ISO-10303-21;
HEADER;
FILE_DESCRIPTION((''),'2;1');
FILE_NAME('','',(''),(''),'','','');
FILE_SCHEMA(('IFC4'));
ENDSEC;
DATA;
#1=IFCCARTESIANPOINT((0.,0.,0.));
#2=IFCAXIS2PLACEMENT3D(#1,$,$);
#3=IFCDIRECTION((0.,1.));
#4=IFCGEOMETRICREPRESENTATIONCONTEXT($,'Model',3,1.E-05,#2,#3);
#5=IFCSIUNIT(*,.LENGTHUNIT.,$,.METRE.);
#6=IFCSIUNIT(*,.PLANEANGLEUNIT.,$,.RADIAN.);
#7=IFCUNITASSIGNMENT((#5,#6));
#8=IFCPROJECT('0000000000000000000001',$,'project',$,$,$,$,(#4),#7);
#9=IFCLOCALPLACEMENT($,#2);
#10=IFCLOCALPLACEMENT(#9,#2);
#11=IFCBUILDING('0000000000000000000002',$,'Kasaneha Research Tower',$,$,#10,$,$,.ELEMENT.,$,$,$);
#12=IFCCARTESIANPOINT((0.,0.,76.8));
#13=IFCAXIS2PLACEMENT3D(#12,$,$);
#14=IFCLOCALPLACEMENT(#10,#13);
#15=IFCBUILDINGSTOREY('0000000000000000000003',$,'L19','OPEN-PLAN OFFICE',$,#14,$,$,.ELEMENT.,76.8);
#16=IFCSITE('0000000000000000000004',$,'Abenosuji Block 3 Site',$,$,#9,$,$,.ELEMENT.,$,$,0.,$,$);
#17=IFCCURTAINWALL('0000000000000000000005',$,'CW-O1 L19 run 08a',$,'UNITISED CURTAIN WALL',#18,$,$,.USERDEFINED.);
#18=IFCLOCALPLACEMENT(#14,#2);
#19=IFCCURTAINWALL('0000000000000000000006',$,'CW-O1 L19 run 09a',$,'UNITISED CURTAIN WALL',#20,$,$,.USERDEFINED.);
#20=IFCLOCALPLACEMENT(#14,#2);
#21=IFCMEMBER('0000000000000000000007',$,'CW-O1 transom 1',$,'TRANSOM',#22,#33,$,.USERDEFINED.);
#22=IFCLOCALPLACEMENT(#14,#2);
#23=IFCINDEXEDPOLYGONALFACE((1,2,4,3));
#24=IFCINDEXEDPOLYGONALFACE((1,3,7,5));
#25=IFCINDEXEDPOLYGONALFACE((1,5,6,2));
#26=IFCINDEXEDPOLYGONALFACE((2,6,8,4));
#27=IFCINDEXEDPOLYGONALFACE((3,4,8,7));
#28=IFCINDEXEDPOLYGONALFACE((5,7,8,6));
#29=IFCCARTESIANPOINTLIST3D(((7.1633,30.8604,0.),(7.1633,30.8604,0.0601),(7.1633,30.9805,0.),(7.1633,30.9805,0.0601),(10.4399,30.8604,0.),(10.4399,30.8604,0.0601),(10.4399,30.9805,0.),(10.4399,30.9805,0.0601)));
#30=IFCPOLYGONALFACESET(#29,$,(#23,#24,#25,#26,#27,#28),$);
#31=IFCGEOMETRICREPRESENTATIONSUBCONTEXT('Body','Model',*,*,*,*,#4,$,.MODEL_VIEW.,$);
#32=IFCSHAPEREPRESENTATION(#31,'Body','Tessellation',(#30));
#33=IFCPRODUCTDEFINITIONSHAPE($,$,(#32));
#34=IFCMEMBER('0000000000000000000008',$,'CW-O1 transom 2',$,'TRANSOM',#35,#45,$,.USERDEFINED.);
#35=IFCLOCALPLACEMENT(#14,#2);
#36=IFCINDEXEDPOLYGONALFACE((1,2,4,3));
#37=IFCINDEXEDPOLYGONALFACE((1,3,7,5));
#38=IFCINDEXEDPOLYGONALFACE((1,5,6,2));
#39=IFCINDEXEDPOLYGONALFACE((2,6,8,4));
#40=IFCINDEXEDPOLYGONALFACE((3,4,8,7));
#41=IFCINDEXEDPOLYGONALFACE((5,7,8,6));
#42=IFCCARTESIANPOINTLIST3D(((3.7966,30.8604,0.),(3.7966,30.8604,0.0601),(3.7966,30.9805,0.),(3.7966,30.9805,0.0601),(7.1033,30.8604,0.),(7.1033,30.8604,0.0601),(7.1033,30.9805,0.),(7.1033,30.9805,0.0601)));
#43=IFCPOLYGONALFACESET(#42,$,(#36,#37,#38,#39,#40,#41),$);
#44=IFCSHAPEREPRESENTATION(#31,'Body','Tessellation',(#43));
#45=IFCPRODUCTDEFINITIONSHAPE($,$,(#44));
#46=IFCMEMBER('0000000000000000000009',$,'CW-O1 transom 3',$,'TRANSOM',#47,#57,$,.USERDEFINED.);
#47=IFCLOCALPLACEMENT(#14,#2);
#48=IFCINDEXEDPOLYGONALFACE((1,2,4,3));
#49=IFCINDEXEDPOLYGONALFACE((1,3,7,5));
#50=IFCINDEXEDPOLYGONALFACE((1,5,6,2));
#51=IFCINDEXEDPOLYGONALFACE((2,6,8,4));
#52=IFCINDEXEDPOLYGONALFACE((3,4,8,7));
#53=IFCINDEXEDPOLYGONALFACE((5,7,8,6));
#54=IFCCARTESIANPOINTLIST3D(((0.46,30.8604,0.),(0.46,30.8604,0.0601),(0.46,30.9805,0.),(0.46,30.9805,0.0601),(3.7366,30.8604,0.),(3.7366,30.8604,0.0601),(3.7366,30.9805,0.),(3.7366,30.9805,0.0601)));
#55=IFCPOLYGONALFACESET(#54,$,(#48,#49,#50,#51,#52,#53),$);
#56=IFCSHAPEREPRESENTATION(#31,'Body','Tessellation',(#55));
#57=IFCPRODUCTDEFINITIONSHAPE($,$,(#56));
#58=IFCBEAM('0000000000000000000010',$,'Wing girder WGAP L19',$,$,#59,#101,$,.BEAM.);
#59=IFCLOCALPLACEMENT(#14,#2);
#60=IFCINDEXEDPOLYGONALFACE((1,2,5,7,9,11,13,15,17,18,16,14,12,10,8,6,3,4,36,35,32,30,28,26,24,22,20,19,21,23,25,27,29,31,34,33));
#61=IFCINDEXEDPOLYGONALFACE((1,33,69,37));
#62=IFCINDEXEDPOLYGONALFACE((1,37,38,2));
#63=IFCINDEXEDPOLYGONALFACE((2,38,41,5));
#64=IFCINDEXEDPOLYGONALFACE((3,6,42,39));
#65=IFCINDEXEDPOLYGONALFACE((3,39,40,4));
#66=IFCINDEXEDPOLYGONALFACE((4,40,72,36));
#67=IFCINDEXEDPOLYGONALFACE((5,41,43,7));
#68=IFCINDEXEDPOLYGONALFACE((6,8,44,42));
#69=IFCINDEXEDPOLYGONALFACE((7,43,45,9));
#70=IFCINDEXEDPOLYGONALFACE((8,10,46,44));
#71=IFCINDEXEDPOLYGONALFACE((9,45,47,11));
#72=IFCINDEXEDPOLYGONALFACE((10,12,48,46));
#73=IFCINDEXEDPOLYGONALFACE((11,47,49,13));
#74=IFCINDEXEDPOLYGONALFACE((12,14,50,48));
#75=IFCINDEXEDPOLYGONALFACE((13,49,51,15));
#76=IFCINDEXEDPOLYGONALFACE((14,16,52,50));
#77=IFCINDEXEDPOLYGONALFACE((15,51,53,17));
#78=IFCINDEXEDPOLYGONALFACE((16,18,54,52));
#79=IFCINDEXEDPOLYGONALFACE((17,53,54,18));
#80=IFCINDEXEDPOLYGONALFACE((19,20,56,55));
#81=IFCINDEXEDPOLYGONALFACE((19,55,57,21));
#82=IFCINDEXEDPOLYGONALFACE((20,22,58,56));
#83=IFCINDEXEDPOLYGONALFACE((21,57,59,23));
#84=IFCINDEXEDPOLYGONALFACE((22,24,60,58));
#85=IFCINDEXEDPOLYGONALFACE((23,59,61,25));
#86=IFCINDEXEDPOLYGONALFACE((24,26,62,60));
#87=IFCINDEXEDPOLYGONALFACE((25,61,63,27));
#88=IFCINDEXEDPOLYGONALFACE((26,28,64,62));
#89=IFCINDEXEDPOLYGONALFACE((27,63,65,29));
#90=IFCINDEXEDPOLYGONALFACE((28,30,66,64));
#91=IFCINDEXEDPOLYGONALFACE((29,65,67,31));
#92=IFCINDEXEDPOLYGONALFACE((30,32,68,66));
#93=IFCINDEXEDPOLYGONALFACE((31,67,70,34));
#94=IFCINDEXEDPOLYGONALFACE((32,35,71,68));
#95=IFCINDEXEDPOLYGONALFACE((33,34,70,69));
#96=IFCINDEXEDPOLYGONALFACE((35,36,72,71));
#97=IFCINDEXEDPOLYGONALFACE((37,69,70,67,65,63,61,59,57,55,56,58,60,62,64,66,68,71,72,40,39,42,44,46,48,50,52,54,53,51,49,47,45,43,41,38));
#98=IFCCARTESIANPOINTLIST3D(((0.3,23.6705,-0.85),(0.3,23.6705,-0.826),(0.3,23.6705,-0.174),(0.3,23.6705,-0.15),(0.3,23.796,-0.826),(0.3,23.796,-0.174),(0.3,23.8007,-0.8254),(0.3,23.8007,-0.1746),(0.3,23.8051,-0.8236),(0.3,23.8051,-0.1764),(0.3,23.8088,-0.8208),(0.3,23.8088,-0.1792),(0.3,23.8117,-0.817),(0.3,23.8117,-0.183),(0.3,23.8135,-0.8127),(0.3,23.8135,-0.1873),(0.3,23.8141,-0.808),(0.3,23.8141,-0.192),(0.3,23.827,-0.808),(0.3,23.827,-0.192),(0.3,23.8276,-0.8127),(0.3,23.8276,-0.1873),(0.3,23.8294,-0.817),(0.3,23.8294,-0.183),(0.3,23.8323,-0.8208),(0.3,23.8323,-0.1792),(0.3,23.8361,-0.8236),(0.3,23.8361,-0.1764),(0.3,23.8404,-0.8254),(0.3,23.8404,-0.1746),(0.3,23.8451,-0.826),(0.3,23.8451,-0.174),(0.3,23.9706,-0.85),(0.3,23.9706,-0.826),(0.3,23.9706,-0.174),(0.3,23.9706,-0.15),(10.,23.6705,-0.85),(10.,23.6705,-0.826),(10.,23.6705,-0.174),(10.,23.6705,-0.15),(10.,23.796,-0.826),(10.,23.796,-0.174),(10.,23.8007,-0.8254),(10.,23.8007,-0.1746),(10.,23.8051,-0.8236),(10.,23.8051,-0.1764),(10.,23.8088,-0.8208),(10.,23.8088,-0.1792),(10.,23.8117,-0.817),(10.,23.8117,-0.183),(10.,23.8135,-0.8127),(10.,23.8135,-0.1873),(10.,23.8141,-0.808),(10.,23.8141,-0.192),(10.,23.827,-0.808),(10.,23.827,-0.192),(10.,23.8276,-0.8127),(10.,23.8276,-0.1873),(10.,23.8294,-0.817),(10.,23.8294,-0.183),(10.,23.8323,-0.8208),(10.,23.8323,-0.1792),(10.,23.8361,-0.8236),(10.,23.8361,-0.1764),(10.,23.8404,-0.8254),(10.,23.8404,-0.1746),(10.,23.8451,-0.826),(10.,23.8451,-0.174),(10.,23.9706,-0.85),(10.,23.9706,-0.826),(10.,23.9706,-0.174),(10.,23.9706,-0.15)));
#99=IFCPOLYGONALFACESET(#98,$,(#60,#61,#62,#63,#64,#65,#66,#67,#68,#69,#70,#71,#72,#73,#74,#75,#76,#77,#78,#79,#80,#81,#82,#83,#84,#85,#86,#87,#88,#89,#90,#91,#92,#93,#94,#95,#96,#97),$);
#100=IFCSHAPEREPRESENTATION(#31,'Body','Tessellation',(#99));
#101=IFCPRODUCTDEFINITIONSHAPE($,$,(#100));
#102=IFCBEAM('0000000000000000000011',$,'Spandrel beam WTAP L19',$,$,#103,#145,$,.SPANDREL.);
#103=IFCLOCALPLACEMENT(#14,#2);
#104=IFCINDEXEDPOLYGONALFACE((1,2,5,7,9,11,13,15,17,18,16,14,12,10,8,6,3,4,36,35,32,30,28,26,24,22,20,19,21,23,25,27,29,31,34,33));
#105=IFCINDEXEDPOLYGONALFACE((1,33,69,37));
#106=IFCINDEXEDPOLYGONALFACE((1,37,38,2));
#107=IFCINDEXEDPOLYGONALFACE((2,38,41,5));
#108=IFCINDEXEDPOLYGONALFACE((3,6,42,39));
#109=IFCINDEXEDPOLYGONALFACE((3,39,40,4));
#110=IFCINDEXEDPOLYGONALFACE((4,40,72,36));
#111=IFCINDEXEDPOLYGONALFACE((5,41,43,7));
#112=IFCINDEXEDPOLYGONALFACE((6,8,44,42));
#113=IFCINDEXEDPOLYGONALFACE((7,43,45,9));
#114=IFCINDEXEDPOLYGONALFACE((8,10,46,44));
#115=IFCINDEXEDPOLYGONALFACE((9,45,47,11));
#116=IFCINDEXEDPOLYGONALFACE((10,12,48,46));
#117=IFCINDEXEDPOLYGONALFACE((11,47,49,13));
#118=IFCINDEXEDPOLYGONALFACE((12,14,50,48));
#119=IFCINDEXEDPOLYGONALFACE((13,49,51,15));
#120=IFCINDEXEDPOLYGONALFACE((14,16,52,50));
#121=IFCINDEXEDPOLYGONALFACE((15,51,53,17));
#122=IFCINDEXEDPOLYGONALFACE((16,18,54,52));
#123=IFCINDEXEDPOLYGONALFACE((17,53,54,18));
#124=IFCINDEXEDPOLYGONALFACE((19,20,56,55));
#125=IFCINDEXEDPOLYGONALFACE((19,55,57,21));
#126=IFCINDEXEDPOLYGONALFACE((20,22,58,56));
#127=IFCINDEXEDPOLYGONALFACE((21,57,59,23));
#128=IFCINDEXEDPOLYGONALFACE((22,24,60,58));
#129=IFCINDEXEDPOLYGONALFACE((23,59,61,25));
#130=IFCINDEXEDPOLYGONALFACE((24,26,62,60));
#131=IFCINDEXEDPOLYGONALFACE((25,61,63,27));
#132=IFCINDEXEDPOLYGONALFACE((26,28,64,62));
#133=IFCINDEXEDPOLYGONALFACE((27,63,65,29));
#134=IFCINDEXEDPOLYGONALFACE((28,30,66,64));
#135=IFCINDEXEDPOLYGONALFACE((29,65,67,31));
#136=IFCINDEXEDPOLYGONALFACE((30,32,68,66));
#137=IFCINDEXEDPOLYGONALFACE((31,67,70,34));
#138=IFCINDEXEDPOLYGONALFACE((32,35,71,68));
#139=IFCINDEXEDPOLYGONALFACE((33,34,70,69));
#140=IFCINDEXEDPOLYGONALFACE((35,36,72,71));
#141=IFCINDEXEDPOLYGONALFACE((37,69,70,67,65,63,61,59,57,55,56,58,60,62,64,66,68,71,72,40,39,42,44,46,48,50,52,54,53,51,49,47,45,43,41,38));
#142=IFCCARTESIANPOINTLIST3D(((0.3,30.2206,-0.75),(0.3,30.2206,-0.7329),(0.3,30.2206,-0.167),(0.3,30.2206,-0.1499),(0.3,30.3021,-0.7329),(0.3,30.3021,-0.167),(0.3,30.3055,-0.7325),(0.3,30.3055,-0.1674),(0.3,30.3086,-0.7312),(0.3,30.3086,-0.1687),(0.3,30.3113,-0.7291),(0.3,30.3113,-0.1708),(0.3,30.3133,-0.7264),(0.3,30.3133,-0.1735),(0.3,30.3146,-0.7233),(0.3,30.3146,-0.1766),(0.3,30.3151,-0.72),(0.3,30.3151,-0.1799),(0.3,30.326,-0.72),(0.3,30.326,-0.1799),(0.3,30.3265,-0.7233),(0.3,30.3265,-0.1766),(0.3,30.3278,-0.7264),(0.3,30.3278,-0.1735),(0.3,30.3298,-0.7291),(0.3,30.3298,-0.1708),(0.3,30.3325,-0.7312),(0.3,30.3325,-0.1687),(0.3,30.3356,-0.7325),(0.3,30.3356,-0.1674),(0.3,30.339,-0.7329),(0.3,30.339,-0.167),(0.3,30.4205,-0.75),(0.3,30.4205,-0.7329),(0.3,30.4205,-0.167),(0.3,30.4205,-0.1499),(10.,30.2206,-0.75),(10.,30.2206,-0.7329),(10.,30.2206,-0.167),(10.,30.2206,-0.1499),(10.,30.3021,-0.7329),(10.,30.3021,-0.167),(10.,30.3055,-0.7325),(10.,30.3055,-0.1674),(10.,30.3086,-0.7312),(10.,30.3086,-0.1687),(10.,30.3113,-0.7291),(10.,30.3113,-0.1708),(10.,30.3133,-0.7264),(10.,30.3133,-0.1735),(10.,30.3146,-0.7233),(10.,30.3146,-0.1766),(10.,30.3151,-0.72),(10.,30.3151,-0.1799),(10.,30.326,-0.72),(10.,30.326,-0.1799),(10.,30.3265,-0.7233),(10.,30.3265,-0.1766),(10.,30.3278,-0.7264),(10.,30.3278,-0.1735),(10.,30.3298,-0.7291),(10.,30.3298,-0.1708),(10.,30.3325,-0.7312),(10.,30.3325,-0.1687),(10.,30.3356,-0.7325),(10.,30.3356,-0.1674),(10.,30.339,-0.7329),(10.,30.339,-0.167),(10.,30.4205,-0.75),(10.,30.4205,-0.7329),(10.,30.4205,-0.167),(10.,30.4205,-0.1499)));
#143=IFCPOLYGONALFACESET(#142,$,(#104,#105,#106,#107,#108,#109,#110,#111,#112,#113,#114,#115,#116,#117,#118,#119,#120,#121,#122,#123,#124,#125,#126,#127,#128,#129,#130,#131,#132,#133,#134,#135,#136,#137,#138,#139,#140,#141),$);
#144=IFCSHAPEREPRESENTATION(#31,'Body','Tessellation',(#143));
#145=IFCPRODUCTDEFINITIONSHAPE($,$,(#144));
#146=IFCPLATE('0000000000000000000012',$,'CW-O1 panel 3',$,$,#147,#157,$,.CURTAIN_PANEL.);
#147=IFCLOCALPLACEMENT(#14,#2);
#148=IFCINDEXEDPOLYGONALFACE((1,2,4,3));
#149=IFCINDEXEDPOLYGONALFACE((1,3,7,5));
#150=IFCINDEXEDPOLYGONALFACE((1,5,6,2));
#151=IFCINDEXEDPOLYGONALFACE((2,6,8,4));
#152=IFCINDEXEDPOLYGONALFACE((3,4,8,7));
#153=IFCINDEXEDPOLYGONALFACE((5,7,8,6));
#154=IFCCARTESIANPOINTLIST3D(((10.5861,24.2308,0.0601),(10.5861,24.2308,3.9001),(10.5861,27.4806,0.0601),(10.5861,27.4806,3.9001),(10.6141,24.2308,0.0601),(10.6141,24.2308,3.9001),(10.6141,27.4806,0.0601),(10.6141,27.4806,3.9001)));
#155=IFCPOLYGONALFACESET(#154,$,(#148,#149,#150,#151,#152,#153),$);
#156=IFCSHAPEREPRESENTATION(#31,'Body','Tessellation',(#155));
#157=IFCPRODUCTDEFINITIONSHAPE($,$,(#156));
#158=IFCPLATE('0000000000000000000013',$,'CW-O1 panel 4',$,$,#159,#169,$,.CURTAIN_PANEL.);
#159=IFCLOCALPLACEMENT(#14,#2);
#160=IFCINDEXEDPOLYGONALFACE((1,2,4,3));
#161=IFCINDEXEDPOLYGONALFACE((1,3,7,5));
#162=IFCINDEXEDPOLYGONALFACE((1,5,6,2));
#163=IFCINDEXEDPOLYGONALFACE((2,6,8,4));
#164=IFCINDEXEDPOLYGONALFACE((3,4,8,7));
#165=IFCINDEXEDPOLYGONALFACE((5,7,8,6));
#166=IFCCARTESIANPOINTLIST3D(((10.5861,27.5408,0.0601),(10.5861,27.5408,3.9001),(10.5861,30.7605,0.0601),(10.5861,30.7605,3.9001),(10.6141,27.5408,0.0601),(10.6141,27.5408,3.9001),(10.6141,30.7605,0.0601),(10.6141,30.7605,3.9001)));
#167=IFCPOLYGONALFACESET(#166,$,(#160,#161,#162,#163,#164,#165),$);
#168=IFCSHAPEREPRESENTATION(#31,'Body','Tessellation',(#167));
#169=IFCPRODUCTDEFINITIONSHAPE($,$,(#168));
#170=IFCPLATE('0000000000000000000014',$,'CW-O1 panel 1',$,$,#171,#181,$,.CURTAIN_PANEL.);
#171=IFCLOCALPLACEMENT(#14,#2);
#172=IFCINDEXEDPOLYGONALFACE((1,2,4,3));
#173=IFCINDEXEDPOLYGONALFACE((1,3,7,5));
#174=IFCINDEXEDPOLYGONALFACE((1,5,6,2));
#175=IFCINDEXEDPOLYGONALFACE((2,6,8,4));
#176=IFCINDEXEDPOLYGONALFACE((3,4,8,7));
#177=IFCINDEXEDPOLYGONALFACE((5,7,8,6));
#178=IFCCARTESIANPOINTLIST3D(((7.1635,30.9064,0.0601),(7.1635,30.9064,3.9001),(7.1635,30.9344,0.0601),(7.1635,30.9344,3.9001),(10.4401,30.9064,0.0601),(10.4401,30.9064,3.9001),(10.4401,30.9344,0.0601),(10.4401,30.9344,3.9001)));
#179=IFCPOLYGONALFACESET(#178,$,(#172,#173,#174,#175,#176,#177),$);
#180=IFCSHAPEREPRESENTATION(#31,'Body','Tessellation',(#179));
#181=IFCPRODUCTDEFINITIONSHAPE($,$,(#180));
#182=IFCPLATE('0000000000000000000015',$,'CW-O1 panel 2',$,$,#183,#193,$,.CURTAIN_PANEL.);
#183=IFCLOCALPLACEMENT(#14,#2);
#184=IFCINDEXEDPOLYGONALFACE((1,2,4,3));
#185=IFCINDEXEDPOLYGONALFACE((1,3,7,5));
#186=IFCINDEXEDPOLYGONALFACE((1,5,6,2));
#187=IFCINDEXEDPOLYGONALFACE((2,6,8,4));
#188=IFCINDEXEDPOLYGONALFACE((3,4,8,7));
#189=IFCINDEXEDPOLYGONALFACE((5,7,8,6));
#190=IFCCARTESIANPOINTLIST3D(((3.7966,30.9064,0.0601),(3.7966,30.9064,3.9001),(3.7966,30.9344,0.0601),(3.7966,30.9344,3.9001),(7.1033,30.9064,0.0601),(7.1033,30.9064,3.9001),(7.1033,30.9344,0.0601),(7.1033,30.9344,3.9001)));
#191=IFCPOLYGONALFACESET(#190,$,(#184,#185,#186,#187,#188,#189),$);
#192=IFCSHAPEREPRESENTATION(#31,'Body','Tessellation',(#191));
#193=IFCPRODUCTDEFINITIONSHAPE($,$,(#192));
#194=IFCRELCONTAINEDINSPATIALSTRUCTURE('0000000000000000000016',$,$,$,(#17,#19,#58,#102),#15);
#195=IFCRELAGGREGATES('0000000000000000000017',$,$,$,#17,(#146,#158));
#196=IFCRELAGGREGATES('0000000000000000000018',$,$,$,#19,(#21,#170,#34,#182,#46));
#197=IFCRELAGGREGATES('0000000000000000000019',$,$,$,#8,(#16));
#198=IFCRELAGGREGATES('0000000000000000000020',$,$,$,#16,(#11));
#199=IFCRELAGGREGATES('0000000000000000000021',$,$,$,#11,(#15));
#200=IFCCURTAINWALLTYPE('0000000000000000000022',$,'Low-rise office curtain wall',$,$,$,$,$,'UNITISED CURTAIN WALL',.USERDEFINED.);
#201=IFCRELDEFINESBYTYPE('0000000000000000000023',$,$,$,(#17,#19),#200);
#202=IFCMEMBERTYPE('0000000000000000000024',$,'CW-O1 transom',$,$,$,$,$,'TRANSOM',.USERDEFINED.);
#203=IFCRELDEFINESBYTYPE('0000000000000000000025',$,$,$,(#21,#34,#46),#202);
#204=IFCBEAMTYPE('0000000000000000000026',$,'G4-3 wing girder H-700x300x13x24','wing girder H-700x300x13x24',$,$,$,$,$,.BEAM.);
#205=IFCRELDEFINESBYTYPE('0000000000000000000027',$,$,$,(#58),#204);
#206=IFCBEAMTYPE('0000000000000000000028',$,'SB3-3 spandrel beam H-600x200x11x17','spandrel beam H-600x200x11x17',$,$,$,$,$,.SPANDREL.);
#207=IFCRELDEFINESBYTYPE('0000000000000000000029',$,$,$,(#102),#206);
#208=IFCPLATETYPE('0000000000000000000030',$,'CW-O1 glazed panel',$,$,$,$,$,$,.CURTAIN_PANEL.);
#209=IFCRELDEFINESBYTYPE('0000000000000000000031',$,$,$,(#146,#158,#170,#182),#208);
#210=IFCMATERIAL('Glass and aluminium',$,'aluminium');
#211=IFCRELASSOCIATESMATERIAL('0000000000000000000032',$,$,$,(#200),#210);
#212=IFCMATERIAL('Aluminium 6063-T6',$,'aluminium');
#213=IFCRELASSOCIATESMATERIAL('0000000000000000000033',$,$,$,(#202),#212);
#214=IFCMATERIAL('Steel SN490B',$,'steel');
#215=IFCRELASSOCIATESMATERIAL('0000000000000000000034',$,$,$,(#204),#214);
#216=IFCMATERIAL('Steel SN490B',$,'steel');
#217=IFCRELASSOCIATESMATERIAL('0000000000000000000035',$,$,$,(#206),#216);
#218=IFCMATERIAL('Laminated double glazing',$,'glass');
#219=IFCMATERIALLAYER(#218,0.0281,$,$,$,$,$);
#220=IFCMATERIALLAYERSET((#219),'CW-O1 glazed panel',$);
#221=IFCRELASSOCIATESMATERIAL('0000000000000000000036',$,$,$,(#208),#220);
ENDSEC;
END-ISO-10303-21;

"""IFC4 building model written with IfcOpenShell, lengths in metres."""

from ifc_helpers import new_model, si_unit, direction, frame, origin, origin_2d, place, context, subcontext, project, spatial, rectangle, i_section, extrude, material, layer, layer_set, material_profile, profile_set, type_object, element, aggregate, save


model = new_model("IFC4")

# Units and contexts
model_context = context("Model", 3, precision=1e-05, world=origin(), true_north=direction((0.0, 1.0)))
body_context = subcontext(model_context, "Body", "Model", "MODEL_VIEW")
ifc_project = project(units=[si_unit("LENGTHUNIT", "METRE"), si_unit("PLANEANGLEUNIT", "RADIAN")], contexts=[model_context])

# Site, building, storey
site_placement = place(None, origin())
site = spatial("IfcSite", under=ifc_project, at=site_placement, Name="Abenosuji Block 3 Site", CompositionType="ELEMENT", RefElevation=0.0)
building_placement = place(site_placement, origin())
building = spatial("IfcBuilding", under=site, at=building_placement, Name="Kasaneha Research Tower", CompositionType="ELEMENT")
storey_placement = place(building_placement, frame((0.0, 0.0, 76.8)))
storey = spatial("IfcBuildingStorey", under=building, at=storey_placement, Name="L19", Description="OPEN-PLAN OFFICE", CompositionType="ELEMENT", Elevation=76.8)

# Curtain walls
ifc_material_1 = material(Name="Glass and aluminium", Category="aluminium")
curtain_wall_type = type_object("IfcCurtainWallType", Name="Low-rise office curtain wall", ElementType="UNITISED CURTAIN WALL", PredefinedType="USERDEFINED", material=ifc_material_1)
curtain_wall_1_placement = place(storey_placement, origin())
curtain_wall_1 = element("IfcCurtainWall", 1, at=curtain_wall_1_placement, inside=storey, type_object=curtain_wall_type, Name="CW-O1 L19 run 08a", ObjectType="UNITISED CURTAIN WALL", PredefinedType="USERDEFINED")
curtain_wall_2_placement = place(storey_placement, origin())
curtain_wall_2 = element("IfcCurtainWall", 2, at=curtain_wall_2_placement, inside=storey, type_object=curtain_wall_type, Name="CW-O1 L19 run 09a", ObjectType="UNITISED CURTAIN WALL", PredefinedType="USERDEFINED")

# Members
ifc_material_2 = material(Name="Aluminium 6063-T6", Category="aluminium")
ifc_material_profile_1 = material_profile(ifc_material_2, rectangle(XDim=0.1201, YDim=0.0601, at=origin_2d()), Name="CW-O1 transom 120x60")
ifc_profile_set_1 = profile_set([ifc_material_profile_1], Name="Aluminium 6063-T6")
member_type_1 = type_object("IfcMemberType", Name="CW-O1 transom", ElementType="TRANSOM", PredefinedType="USERDEFINED", material=ifc_profile_set_1)
member_1_placement = place(storey_placement, frame((10.4399, 30.9204, 0.03), z_axis=(-1.0, 0.0, 0.0), x_axis=(0.0, -1.0, 0.0)))
member_1 = element("IfcMember", 3, at=member_1_placement, type_object=member_type_1, Name="CW-O1 transom 1", ObjectType="TRANSOM", PredefinedType="USERDEFINED", context=body_context, shape_type="SweptSolid", body=[
    extrude(rectangle(XDim=0.1201, YDim=0.0601, at=origin_2d()), origin(), (0.0, 0.0, 1.0), 3.2766),
])
member_2_placement = place(storey_placement, frame((7.1033, 30.9204, 0.03), z_axis=(-1.0, 0.0, 0.0), x_axis=(0.0, -1.0, 0.0)))
member_2 = element("IfcMember", 4, at=member_2_placement, type_object=member_type_1, Name="CW-O1 transom 2", ObjectType="TRANSOM", PredefinedType="USERDEFINED", context=body_context, shape_type="SweptSolid", body=[
    extrude(rectangle(XDim=0.1201, YDim=0.0601, at=origin_2d()), origin(), (0.0, 0.0, 1.0), 3.3066),
])
member_3_placement = place(storey_placement, frame((3.7366, 30.9204, 0.03), z_axis=(-1.0, 0.0, 0.0), x_axis=(0.0, -1.0, 0.0)))
member_3 = element("IfcMember", 5, at=member_3_placement, type_object=member_type_1, Name="CW-O1 transom 3", ObjectType="TRANSOM", PredefinedType="USERDEFINED", context=body_context, shape_type="SweptSolid", body=[
    extrude(rectangle(XDim=0.1201, YDim=0.0601, at=origin_2d()), origin(), (0.0, 0.0, 1.0), 3.2766),
])

# Beams
ifc_material_3 = material(Name="Steel SN490B", Category="steel")
ifc_material_profile_2 = material_profile(ifc_material_3, i_section(OverallWidth=0.3, OverallDepth=0.7, WebThickness=0.0129, FlangeThickness=0.0239, FilletRadius=0.0181, at=origin_2d()), Name="H-700x300x13x24")
ifc_profile_set_2 = profile_set([ifc_material_profile_2], Name="Steel SN490B")
beam_type_1 = type_object("IfcBeamType", Name="G4-3 wing girder H-700x300x13x24", Description="wing girder H-700x300x13x24", PredefinedType="BEAM", material=ifc_profile_set_2)
beam_1_placement = place(storey_placement, frame((10.0, 23.8206, -0.5), z_axis=(-1.0, 0.0, 0.0), x_axis=(0.0, -1.0, 0.0)))
element("IfcBeam", 6, at=beam_1_placement, inside=storey, type_object=beam_type_1, Name="Wing girder WGAP L19", PredefinedType="BEAM", context=body_context, shape_type="SweptSolid", body=[
    extrude(i_section(OverallWidth=0.3, OverallDepth=0.7, WebThickness=0.0129, FlangeThickness=0.0239, FilletRadius=0.0181, at=origin_2d()), origin(), (0.0, 0.0, 1.0), 9.7),
])
ifc_material_4 = material(Name="Steel SN490B", Category="steel")
ifc_material_profile_3 = material_profile(ifc_material_4, i_section(OverallWidth=0.2, OverallDepth=0.6001, WebThickness=0.011, FlangeThickness=0.0171, FilletRadius=0.0129, at=origin_2d()), Name="H-600x200x11x17")
ifc_profile_set_3 = profile_set([ifc_material_profile_3], Name="Steel SN490B")
beam_type_2 = type_object("IfcBeamType", Name="SB3-3 spandrel beam H-600x200x11x17", Description="spandrel beam H-600x200x11x17", PredefinedType="SPANDREL", material=ifc_profile_set_3)
beam_2_placement = place(storey_placement, frame((10.0, 30.3206, -0.45), z_axis=(-1.0, 0.0, 0.0), x_axis=(0.0, -1.0, 0.0)))
element("IfcBeam", 7, at=beam_2_placement, inside=storey, type_object=beam_type_2, Name="Spandrel beam WTAP L19", PredefinedType="SPANDREL", context=body_context, shape_type="SweptSolid", body=[
    extrude(i_section(OverallWidth=0.2, OverallDepth=0.6001, WebThickness=0.011, FlangeThickness=0.0171, FilletRadius=0.0129, at=origin_2d()), origin(), (0.0, 0.0, 1.0), 9.7),
])

# Plates
ifc_material_5 = material(Name="Laminated double glazing", Category="glass")
ifc_layer_1 = layer(ifc_material_5, 0.0281)
ifc_layer_set_1 = layer_set([ifc_layer_1], Name="CW-O1 glazed panel")
plate_type = type_object("IfcPlateType", Name="CW-O1 glazed panel", PredefinedType="CURTAIN_PANEL", material=ifc_layer_set_1)
plate_1_placement = place(storey_placement, frame((10.6001, 25.8557, 0.0601), z_axis=(0.0, 0.0, 1.0), x_axis=(0.0, 1.0, 0.0)))
plate_1 = element("IfcPlate", 8, at=plate_1_placement, type_object=plate_type, Name="CW-O1 panel 3", PredefinedType="CURTAIN_PANEL", context=body_context, shape_type="SweptSolid", body=[
    extrude(rectangle(XDim=3.2498, YDim=0.0281, at=origin_2d()), origin(), (0.0, 0.0, 1.0), 3.8401),
])
plate_2_placement = place(storey_placement, frame((10.6001, 29.1506, 0.0601), z_axis=(0.0, 0.0, 1.0), x_axis=(0.0, 1.0, 0.0)))
plate_2 = element("IfcPlate", 9, at=plate_2_placement, type_object=plate_type, Name="CW-O1 panel 4", PredefinedType="CURTAIN_PANEL", context=body_context, shape_type="SweptSolid", body=[
    extrude(rectangle(XDim=3.2197, YDim=0.0281, at=origin_2d()), origin(), (0.0, 0.0, 1.0), 3.8401),
])
aggregate(curtain_wall_1, [plate_1, plate_2])
plate_3_placement = place(storey_placement, frame((8.8018, 30.9204, 0.0601), z_axis=(0.0, 0.0, 1.0), x_axis=(-1.0, 0.0, 0.0)))
plate_3 = element("IfcPlate", 10, at=plate_3_placement, type_object=plate_type, Name="CW-O1 panel 1", PredefinedType="CURTAIN_PANEL", context=body_context, shape_type="SweptSolid", body=[
    extrude(rectangle(XDim=3.2766, YDim=0.0281, at=origin_2d()), origin(), (0.0, 0.0, 1.0), 3.8401),
])
plate_4_placement = place(storey_placement, frame((5.45, 30.9204, 0.0601), z_axis=(0.0, 0.0, 1.0), x_axis=(-1.0, 0.0, 0.0)))
plate_4 = element("IfcPlate", 11, at=plate_4_placement, type_object=plate_type, Name="CW-O1 panel 2", PredefinedType="CURTAIN_PANEL", context=body_context, shape_type="SweptSolid", body=[
    extrude(rectangle(XDim=3.3066, YDim=0.0281, at=origin_2d()), origin(), (0.0, 0.0, 1.0), 3.8401),
])
aggregate(curtain_wall_2, [member_1, plate_3, member_2, plate_4, member_3])

save(model, "model.ifc")
